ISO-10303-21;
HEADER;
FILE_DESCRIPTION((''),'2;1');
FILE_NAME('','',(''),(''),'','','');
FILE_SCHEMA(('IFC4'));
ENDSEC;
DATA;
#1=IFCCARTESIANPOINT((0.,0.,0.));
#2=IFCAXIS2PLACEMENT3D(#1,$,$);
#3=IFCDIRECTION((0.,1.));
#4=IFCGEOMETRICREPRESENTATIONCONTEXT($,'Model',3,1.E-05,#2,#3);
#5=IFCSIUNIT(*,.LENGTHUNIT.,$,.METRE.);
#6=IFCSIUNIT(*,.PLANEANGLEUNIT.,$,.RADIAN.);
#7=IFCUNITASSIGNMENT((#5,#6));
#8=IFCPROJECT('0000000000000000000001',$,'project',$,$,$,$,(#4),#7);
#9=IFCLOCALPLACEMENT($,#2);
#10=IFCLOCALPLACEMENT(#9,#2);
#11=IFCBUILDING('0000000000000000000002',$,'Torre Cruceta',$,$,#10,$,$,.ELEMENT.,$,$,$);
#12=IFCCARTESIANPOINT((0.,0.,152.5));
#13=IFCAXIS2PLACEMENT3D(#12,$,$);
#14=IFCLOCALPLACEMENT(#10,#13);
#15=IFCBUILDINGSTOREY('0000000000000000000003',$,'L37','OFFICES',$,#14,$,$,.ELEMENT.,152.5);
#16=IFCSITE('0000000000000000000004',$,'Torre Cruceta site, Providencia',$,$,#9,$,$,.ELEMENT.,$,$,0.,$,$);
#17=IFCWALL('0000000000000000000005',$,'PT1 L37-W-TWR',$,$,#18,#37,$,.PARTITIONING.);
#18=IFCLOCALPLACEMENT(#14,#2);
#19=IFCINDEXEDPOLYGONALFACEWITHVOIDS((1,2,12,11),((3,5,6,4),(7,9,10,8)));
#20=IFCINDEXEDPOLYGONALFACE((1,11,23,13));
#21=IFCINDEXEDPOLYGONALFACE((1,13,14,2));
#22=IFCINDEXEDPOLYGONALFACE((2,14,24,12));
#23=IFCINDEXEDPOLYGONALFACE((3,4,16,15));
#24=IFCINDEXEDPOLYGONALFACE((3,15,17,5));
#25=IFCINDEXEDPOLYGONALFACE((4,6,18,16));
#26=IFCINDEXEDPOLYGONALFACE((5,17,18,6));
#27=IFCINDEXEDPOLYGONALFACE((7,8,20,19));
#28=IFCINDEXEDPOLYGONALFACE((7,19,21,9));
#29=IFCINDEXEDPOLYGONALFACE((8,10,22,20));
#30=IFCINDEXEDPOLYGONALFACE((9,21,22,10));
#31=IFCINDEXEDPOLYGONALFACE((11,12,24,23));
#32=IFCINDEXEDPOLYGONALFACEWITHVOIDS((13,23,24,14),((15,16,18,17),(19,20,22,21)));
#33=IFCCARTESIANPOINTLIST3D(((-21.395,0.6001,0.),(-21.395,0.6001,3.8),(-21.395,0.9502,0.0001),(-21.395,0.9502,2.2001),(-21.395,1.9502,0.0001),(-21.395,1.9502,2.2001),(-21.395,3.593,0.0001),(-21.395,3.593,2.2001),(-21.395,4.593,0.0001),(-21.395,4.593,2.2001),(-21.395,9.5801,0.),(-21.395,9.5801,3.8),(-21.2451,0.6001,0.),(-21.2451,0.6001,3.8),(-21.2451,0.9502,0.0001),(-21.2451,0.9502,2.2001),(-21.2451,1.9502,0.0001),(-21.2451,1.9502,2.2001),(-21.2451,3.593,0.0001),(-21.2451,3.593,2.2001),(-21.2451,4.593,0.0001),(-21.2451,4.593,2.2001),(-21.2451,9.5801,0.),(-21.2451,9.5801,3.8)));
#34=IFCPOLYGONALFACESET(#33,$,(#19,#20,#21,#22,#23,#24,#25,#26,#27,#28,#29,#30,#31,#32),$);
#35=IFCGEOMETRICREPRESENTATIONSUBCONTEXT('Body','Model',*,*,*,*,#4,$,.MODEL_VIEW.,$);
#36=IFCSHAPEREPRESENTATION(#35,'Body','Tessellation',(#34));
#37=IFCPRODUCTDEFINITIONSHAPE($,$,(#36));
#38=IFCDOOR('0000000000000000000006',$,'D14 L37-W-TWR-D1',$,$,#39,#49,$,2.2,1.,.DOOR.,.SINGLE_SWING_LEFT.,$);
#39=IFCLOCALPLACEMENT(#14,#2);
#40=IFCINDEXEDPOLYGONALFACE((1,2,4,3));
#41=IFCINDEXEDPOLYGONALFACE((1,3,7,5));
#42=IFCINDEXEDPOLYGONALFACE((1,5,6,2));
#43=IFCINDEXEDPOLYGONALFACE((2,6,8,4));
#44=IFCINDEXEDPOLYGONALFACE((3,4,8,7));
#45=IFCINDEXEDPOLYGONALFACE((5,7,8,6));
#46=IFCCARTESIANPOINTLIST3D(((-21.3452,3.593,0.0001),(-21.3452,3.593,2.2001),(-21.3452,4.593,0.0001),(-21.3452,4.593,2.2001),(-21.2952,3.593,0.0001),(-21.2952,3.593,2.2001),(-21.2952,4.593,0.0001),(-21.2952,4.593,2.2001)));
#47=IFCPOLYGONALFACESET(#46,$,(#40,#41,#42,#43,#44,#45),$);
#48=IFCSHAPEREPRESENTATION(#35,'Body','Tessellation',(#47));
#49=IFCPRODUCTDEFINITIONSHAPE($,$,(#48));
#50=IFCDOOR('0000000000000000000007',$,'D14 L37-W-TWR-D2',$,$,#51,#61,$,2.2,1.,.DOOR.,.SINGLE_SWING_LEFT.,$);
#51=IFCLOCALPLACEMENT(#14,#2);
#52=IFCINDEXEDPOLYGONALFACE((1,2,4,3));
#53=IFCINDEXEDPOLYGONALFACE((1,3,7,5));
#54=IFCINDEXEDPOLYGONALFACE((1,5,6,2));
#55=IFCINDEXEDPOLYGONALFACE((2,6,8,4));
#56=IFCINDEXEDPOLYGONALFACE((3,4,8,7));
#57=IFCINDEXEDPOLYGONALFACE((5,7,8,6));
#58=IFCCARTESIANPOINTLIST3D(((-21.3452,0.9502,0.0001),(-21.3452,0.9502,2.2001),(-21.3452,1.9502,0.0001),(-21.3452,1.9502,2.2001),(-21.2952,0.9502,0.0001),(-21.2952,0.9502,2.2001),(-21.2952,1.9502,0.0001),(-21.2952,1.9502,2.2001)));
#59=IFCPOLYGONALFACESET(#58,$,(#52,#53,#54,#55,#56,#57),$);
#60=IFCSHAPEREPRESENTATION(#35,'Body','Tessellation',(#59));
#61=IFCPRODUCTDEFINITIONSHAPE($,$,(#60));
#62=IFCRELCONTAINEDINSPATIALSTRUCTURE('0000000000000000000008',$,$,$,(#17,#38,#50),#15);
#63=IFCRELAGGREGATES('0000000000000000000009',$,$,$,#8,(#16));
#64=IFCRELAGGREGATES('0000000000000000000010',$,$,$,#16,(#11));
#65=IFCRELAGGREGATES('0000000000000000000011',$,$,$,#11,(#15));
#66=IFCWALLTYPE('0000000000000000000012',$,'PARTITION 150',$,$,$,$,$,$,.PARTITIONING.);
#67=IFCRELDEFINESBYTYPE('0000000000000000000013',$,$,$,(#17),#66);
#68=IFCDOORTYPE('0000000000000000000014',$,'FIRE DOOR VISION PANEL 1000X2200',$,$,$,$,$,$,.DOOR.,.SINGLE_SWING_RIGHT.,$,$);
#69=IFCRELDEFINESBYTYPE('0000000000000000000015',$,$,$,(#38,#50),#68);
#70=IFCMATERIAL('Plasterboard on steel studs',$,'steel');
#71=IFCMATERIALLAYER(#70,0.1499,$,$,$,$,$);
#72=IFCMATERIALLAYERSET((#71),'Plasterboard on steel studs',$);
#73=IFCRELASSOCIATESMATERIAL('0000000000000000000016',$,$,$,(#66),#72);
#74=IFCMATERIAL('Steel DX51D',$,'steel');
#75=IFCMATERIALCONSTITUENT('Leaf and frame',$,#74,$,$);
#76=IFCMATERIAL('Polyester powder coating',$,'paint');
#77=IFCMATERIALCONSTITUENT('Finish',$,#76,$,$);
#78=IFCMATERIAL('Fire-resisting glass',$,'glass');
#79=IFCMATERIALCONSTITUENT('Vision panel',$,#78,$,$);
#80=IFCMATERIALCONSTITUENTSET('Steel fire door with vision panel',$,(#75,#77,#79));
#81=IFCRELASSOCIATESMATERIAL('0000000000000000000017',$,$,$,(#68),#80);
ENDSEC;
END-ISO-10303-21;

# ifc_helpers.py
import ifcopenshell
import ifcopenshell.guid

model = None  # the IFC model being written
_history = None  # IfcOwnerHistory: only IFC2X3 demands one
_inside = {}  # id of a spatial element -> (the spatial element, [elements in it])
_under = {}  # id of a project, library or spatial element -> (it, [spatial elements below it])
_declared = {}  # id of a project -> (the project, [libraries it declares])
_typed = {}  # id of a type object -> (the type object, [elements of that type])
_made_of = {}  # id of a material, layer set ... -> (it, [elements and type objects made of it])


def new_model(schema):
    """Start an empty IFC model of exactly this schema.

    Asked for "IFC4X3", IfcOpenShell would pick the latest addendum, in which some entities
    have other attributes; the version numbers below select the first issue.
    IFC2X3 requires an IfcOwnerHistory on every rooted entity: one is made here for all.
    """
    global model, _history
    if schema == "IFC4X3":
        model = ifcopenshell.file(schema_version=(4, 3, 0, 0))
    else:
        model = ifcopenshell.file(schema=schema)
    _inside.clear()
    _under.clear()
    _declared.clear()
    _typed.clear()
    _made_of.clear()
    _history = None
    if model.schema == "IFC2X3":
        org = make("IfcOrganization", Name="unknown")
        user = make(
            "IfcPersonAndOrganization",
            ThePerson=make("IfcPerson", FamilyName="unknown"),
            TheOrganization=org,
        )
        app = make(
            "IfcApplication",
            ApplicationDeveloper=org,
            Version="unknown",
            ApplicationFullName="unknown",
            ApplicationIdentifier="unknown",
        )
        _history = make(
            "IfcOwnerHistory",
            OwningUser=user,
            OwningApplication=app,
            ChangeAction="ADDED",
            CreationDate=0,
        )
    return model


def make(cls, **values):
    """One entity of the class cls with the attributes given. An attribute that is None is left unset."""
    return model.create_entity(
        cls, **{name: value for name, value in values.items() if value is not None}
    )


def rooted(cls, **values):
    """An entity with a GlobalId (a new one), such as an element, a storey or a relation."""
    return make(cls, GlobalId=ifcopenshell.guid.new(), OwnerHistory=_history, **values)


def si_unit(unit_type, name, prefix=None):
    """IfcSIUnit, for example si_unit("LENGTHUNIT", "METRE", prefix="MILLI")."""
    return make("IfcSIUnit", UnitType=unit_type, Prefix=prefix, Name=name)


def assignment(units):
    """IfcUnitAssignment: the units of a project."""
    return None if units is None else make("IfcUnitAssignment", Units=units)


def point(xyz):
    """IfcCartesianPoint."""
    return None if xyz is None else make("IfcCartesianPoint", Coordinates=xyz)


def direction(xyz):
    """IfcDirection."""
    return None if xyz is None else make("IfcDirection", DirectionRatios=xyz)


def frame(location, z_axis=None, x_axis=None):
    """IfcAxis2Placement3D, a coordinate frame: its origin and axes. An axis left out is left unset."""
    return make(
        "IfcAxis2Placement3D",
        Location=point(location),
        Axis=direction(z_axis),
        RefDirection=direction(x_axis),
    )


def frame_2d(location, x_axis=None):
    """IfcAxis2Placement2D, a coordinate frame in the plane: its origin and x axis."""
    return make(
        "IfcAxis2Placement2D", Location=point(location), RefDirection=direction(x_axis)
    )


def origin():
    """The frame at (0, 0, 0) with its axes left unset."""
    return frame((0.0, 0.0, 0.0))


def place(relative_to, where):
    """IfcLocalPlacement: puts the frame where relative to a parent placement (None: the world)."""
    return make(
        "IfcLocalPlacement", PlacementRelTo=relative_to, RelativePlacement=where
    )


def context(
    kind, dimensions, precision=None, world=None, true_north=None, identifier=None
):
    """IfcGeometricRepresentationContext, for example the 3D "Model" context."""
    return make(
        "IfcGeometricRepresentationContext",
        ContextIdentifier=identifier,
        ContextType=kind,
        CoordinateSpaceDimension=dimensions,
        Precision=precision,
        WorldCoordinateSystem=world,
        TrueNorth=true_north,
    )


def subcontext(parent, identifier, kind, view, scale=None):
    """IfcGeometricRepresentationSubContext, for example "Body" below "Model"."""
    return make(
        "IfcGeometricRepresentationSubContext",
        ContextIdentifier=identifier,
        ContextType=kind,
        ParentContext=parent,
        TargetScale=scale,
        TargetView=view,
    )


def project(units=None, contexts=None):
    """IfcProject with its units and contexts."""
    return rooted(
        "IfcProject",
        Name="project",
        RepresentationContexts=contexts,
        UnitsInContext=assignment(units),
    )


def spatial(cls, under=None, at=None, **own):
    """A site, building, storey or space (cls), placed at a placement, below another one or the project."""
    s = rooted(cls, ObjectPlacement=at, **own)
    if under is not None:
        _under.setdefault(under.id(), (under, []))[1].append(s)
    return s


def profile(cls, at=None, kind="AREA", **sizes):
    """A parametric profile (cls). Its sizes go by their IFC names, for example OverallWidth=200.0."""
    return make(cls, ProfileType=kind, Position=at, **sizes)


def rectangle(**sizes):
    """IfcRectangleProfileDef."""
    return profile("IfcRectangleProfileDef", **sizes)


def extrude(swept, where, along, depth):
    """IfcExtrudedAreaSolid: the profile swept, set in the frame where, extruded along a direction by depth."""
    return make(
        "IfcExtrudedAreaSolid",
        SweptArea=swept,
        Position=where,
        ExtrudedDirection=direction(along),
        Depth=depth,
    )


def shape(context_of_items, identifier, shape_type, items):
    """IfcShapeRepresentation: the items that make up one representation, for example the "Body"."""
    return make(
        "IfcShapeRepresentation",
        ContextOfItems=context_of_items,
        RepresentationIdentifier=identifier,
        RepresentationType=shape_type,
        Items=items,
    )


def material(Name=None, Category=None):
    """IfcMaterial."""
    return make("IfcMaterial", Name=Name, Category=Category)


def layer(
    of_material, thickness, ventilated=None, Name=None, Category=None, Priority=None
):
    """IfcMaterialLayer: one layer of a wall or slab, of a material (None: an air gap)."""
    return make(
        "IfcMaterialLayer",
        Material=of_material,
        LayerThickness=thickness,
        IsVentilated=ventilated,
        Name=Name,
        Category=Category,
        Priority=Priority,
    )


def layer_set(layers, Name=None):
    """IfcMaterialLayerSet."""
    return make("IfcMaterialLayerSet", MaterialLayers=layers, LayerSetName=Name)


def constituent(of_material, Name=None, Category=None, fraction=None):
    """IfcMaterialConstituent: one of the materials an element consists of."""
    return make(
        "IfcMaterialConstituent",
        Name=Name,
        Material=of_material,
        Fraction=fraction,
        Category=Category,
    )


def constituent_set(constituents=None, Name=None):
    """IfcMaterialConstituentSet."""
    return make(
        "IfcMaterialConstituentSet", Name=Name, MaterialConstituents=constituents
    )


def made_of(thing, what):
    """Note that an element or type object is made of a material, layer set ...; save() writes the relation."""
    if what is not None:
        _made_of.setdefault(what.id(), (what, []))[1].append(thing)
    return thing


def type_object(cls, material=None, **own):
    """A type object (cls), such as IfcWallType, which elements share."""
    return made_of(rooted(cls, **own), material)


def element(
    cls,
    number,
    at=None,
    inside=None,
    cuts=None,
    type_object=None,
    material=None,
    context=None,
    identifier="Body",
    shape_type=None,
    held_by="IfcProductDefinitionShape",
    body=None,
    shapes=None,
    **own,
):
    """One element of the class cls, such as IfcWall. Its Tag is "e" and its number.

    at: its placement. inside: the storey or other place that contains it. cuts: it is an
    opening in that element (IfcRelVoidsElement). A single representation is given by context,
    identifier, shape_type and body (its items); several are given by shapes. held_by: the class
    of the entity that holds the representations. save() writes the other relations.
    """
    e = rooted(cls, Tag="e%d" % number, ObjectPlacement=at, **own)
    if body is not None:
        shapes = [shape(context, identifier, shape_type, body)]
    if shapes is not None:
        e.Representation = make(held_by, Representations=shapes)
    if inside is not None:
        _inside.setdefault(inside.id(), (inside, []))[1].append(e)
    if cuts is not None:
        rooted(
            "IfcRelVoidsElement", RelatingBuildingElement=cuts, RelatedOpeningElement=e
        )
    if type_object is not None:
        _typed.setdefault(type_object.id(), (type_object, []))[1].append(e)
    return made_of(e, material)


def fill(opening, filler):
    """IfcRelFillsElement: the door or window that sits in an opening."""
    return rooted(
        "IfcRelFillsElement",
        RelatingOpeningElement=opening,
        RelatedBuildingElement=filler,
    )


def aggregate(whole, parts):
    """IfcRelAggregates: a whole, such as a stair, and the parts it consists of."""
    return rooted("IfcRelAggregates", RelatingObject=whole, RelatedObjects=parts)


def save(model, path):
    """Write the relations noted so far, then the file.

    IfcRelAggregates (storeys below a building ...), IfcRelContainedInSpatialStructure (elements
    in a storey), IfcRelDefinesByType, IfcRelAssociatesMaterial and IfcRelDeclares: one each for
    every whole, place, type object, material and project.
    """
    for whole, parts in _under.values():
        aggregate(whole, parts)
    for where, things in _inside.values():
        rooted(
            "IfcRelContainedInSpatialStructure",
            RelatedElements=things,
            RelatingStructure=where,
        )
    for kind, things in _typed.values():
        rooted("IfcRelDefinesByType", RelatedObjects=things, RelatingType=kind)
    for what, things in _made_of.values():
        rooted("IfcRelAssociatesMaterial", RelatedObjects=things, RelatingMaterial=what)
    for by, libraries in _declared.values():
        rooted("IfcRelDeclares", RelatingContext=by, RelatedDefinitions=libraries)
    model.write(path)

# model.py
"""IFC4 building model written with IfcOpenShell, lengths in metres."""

from ifc_helpers import new_model, si_unit, direction, frame, frame_2d, origin, place, context, subcontext, project, spatial, rectangle, extrude, material, layer, layer_set, constituent, constituent_set, type_object, element, fill, save


model = new_model("IFC4")

# Units and contexts
model_context = context("Model", 3, precision=1e-05, world=origin(), true_north=direction((0.0, 1.0)))
body_context = subcontext(model_context, "Body", "Model", "MODEL_VIEW")
ifc_project = project(units=[si_unit("LENGTHUNIT", "METRE"), si_unit("PLANEANGLEUNIT", "RADIAN")], contexts=[model_context])

# Site, building, storey
site_placement = place(None, origin())
site = spatial("IfcSite", under=ifc_project, at=site_placement, Name="Torre Cruceta site, Providencia", CompositionType="ELEMENT", RefElevation=0.0)
building_placement = place(site_placement, origin())
building = spatial("IfcBuilding", under=site, at=building_placement, Name="Torre Cruceta", CompositionType="ELEMENT")
storey_placement = place(building_placement, frame((0.0, 0.0, 152.5)))
storey = spatial("IfcBuildingStorey", under=building, at=storey_placement, Name="L37", Description="OFFICES", CompositionType="ELEMENT", Elevation=152.5)

# Shared definitions
ifc_material_1 = material(Name="Plasterboard on steel studs", Category="steel")
ifc_layer_1 = layer(ifc_material_1, 0.1499)
ifc_layer_set_1 = layer_set([ifc_layer_1], Name="Plasterboard on steel studs")
wall_type_1 = type_object("IfcWallType", Name="PARTITION 150", PredefinedType="PARTITIONING", material=ifc_layer_set_1)
ifc_material_2 = material(Name="Steel DX51D", Category="steel")
ifc_constituent_1 = constituent(ifc_material_2, Name="Leaf and frame")
ifc_material_3 = material(Name="Polyester powder coating", Category="paint")
ifc_constituent_2 = constituent(ifc_material_3, Name="Finish")
ifc_material_4 = material(Name="Fire-resisting glass", Category="glass")
ifc_constituent_3 = constituent(ifc_material_4, Name="Vision panel")
ifc_constituent_set_1 = constituent_set(constituents=[ifc_constituent_1, ifc_constituent_2, ifc_constituent_3], Name="Steel fire door with vision panel")
door_type = type_object("IfcDoorType", Name="FIRE DOOR VISION PANEL 1000X2200", OperationType="SINGLE_SWING_RIGHT", PredefinedType="DOOR", material=ifc_constituent_set_1)

# Wall, openings, doors
wall_1_placement = place(storey_placement, frame((-21.3201, 9.5801, 0.0), z_axis=(0.0, 0.0, 1.0), x_axis=(0.0, -1.0, 0.0)))
wall_1 = element("IfcWall", 1, at=wall_1_placement, inside=storey, type_object=wall_type_1, Name="PT1 L37-W-TWR", PredefinedType="PARTITIONING", context=body_context, shape_type="SweptSolid", body=[
    extrude(rectangle(XDim=8.98, YDim=0.1499, at=frame_2d((4.49, 0.0))), origin(), (0.0, 0.0, 1.0), 3.8),
])
opening_1_placement = place(wall_1_placement, frame((4.9871, 0.0, 0.0)))
opening_1 = element("IfcOpeningElement", 2, at=opening_1_placement, cuts=wall_1, PredefinedType="OPENING", context=body_context, shape_type="SweptSolid", body=[
    extrude(rectangle(XDim=1.0, YDim=2.2, at=frame_2d((0.5, 1.1001))), frame((0.0, 0.085, 0.0), z_axis=(0.0, -1.0, 0.0), x_axis=(1.0, 0.0, 0.0)), (0.0, 0.0, 1.0), 0.1699),
])
opening_2_placement = place(wall_1_placement, frame((7.6299, 0.0, 0.0)))
opening_2 = element("IfcOpeningElement", 3, at=opening_2_placement, cuts=wall_1, PredefinedType="OPENING", context=body_context, shape_type="SweptSolid", body=[
    extrude(rectangle(XDim=1.0, YDim=2.2, at=frame_2d((0.5, 1.1001))), frame((0.0, 0.085, 0.0), z_axis=(0.0, -1.0, 0.0), x_axis=(1.0, 0.0, 0.0)), (0.0, 0.0, 1.0), 0.1699),
])
door_1_placement = place(opening_1_placement, frame((1.0, 0.0, 0.0), z_axis=(0.0, 0.0, 1.0), x_axis=(-1.0, 0.0, 0.0)))
door_1 = element("IfcDoor", 4, at=door_1_placement, inside=storey, type_object=door_type, Name="D14 L37-W-TWR-D1", OperationType="SINGLE_SWING_LEFT", OverallHeight=2.2, OverallWidth=1.0, PredefinedType="DOOR", context=body_context, shape_type="SweptSolid", body=[
    extrude(rectangle(XDim=1.0, YDim=2.2, at=frame_2d((0.5, 1.1001))), frame((0.0, 0.0251, 0.0), z_axis=(0.0, -1.0, 0.0), x_axis=(1.0, 0.0, 0.0)), (0.0, 0.0, 1.0), 0.05),
])
fill(opening_1, door_1)
door_2_placement = place(opening_2_placement, frame((1.0, 0.0, 0.0), z_axis=(0.0, 0.0, 1.0), x_axis=(-1.0, 0.0, 0.0)))
door_2 = element("IfcDoor", 5, at=door_2_placement, inside=storey, type_object=door_type, Name="D14 L37-W-TWR-D2", OperationType="SINGLE_SWING_LEFT", OverallHeight=2.2, OverallWidth=1.0, PredefinedType="DOOR", context=body_context, shape_type="SweptSolid", body=[
    extrude(rectangle(XDim=1.0, YDim=2.2, at=frame_2d((0.5, 1.1001))), frame((0.0, 0.0251, 0.0), z_axis=(0.0, -1.0, 0.0), x_axis=(1.0, 0.0, 0.0)), (0.0, 0.0, 1.0), 0.05),
])
fill(opening_2, door_2)

save(model, "model.ifc")
